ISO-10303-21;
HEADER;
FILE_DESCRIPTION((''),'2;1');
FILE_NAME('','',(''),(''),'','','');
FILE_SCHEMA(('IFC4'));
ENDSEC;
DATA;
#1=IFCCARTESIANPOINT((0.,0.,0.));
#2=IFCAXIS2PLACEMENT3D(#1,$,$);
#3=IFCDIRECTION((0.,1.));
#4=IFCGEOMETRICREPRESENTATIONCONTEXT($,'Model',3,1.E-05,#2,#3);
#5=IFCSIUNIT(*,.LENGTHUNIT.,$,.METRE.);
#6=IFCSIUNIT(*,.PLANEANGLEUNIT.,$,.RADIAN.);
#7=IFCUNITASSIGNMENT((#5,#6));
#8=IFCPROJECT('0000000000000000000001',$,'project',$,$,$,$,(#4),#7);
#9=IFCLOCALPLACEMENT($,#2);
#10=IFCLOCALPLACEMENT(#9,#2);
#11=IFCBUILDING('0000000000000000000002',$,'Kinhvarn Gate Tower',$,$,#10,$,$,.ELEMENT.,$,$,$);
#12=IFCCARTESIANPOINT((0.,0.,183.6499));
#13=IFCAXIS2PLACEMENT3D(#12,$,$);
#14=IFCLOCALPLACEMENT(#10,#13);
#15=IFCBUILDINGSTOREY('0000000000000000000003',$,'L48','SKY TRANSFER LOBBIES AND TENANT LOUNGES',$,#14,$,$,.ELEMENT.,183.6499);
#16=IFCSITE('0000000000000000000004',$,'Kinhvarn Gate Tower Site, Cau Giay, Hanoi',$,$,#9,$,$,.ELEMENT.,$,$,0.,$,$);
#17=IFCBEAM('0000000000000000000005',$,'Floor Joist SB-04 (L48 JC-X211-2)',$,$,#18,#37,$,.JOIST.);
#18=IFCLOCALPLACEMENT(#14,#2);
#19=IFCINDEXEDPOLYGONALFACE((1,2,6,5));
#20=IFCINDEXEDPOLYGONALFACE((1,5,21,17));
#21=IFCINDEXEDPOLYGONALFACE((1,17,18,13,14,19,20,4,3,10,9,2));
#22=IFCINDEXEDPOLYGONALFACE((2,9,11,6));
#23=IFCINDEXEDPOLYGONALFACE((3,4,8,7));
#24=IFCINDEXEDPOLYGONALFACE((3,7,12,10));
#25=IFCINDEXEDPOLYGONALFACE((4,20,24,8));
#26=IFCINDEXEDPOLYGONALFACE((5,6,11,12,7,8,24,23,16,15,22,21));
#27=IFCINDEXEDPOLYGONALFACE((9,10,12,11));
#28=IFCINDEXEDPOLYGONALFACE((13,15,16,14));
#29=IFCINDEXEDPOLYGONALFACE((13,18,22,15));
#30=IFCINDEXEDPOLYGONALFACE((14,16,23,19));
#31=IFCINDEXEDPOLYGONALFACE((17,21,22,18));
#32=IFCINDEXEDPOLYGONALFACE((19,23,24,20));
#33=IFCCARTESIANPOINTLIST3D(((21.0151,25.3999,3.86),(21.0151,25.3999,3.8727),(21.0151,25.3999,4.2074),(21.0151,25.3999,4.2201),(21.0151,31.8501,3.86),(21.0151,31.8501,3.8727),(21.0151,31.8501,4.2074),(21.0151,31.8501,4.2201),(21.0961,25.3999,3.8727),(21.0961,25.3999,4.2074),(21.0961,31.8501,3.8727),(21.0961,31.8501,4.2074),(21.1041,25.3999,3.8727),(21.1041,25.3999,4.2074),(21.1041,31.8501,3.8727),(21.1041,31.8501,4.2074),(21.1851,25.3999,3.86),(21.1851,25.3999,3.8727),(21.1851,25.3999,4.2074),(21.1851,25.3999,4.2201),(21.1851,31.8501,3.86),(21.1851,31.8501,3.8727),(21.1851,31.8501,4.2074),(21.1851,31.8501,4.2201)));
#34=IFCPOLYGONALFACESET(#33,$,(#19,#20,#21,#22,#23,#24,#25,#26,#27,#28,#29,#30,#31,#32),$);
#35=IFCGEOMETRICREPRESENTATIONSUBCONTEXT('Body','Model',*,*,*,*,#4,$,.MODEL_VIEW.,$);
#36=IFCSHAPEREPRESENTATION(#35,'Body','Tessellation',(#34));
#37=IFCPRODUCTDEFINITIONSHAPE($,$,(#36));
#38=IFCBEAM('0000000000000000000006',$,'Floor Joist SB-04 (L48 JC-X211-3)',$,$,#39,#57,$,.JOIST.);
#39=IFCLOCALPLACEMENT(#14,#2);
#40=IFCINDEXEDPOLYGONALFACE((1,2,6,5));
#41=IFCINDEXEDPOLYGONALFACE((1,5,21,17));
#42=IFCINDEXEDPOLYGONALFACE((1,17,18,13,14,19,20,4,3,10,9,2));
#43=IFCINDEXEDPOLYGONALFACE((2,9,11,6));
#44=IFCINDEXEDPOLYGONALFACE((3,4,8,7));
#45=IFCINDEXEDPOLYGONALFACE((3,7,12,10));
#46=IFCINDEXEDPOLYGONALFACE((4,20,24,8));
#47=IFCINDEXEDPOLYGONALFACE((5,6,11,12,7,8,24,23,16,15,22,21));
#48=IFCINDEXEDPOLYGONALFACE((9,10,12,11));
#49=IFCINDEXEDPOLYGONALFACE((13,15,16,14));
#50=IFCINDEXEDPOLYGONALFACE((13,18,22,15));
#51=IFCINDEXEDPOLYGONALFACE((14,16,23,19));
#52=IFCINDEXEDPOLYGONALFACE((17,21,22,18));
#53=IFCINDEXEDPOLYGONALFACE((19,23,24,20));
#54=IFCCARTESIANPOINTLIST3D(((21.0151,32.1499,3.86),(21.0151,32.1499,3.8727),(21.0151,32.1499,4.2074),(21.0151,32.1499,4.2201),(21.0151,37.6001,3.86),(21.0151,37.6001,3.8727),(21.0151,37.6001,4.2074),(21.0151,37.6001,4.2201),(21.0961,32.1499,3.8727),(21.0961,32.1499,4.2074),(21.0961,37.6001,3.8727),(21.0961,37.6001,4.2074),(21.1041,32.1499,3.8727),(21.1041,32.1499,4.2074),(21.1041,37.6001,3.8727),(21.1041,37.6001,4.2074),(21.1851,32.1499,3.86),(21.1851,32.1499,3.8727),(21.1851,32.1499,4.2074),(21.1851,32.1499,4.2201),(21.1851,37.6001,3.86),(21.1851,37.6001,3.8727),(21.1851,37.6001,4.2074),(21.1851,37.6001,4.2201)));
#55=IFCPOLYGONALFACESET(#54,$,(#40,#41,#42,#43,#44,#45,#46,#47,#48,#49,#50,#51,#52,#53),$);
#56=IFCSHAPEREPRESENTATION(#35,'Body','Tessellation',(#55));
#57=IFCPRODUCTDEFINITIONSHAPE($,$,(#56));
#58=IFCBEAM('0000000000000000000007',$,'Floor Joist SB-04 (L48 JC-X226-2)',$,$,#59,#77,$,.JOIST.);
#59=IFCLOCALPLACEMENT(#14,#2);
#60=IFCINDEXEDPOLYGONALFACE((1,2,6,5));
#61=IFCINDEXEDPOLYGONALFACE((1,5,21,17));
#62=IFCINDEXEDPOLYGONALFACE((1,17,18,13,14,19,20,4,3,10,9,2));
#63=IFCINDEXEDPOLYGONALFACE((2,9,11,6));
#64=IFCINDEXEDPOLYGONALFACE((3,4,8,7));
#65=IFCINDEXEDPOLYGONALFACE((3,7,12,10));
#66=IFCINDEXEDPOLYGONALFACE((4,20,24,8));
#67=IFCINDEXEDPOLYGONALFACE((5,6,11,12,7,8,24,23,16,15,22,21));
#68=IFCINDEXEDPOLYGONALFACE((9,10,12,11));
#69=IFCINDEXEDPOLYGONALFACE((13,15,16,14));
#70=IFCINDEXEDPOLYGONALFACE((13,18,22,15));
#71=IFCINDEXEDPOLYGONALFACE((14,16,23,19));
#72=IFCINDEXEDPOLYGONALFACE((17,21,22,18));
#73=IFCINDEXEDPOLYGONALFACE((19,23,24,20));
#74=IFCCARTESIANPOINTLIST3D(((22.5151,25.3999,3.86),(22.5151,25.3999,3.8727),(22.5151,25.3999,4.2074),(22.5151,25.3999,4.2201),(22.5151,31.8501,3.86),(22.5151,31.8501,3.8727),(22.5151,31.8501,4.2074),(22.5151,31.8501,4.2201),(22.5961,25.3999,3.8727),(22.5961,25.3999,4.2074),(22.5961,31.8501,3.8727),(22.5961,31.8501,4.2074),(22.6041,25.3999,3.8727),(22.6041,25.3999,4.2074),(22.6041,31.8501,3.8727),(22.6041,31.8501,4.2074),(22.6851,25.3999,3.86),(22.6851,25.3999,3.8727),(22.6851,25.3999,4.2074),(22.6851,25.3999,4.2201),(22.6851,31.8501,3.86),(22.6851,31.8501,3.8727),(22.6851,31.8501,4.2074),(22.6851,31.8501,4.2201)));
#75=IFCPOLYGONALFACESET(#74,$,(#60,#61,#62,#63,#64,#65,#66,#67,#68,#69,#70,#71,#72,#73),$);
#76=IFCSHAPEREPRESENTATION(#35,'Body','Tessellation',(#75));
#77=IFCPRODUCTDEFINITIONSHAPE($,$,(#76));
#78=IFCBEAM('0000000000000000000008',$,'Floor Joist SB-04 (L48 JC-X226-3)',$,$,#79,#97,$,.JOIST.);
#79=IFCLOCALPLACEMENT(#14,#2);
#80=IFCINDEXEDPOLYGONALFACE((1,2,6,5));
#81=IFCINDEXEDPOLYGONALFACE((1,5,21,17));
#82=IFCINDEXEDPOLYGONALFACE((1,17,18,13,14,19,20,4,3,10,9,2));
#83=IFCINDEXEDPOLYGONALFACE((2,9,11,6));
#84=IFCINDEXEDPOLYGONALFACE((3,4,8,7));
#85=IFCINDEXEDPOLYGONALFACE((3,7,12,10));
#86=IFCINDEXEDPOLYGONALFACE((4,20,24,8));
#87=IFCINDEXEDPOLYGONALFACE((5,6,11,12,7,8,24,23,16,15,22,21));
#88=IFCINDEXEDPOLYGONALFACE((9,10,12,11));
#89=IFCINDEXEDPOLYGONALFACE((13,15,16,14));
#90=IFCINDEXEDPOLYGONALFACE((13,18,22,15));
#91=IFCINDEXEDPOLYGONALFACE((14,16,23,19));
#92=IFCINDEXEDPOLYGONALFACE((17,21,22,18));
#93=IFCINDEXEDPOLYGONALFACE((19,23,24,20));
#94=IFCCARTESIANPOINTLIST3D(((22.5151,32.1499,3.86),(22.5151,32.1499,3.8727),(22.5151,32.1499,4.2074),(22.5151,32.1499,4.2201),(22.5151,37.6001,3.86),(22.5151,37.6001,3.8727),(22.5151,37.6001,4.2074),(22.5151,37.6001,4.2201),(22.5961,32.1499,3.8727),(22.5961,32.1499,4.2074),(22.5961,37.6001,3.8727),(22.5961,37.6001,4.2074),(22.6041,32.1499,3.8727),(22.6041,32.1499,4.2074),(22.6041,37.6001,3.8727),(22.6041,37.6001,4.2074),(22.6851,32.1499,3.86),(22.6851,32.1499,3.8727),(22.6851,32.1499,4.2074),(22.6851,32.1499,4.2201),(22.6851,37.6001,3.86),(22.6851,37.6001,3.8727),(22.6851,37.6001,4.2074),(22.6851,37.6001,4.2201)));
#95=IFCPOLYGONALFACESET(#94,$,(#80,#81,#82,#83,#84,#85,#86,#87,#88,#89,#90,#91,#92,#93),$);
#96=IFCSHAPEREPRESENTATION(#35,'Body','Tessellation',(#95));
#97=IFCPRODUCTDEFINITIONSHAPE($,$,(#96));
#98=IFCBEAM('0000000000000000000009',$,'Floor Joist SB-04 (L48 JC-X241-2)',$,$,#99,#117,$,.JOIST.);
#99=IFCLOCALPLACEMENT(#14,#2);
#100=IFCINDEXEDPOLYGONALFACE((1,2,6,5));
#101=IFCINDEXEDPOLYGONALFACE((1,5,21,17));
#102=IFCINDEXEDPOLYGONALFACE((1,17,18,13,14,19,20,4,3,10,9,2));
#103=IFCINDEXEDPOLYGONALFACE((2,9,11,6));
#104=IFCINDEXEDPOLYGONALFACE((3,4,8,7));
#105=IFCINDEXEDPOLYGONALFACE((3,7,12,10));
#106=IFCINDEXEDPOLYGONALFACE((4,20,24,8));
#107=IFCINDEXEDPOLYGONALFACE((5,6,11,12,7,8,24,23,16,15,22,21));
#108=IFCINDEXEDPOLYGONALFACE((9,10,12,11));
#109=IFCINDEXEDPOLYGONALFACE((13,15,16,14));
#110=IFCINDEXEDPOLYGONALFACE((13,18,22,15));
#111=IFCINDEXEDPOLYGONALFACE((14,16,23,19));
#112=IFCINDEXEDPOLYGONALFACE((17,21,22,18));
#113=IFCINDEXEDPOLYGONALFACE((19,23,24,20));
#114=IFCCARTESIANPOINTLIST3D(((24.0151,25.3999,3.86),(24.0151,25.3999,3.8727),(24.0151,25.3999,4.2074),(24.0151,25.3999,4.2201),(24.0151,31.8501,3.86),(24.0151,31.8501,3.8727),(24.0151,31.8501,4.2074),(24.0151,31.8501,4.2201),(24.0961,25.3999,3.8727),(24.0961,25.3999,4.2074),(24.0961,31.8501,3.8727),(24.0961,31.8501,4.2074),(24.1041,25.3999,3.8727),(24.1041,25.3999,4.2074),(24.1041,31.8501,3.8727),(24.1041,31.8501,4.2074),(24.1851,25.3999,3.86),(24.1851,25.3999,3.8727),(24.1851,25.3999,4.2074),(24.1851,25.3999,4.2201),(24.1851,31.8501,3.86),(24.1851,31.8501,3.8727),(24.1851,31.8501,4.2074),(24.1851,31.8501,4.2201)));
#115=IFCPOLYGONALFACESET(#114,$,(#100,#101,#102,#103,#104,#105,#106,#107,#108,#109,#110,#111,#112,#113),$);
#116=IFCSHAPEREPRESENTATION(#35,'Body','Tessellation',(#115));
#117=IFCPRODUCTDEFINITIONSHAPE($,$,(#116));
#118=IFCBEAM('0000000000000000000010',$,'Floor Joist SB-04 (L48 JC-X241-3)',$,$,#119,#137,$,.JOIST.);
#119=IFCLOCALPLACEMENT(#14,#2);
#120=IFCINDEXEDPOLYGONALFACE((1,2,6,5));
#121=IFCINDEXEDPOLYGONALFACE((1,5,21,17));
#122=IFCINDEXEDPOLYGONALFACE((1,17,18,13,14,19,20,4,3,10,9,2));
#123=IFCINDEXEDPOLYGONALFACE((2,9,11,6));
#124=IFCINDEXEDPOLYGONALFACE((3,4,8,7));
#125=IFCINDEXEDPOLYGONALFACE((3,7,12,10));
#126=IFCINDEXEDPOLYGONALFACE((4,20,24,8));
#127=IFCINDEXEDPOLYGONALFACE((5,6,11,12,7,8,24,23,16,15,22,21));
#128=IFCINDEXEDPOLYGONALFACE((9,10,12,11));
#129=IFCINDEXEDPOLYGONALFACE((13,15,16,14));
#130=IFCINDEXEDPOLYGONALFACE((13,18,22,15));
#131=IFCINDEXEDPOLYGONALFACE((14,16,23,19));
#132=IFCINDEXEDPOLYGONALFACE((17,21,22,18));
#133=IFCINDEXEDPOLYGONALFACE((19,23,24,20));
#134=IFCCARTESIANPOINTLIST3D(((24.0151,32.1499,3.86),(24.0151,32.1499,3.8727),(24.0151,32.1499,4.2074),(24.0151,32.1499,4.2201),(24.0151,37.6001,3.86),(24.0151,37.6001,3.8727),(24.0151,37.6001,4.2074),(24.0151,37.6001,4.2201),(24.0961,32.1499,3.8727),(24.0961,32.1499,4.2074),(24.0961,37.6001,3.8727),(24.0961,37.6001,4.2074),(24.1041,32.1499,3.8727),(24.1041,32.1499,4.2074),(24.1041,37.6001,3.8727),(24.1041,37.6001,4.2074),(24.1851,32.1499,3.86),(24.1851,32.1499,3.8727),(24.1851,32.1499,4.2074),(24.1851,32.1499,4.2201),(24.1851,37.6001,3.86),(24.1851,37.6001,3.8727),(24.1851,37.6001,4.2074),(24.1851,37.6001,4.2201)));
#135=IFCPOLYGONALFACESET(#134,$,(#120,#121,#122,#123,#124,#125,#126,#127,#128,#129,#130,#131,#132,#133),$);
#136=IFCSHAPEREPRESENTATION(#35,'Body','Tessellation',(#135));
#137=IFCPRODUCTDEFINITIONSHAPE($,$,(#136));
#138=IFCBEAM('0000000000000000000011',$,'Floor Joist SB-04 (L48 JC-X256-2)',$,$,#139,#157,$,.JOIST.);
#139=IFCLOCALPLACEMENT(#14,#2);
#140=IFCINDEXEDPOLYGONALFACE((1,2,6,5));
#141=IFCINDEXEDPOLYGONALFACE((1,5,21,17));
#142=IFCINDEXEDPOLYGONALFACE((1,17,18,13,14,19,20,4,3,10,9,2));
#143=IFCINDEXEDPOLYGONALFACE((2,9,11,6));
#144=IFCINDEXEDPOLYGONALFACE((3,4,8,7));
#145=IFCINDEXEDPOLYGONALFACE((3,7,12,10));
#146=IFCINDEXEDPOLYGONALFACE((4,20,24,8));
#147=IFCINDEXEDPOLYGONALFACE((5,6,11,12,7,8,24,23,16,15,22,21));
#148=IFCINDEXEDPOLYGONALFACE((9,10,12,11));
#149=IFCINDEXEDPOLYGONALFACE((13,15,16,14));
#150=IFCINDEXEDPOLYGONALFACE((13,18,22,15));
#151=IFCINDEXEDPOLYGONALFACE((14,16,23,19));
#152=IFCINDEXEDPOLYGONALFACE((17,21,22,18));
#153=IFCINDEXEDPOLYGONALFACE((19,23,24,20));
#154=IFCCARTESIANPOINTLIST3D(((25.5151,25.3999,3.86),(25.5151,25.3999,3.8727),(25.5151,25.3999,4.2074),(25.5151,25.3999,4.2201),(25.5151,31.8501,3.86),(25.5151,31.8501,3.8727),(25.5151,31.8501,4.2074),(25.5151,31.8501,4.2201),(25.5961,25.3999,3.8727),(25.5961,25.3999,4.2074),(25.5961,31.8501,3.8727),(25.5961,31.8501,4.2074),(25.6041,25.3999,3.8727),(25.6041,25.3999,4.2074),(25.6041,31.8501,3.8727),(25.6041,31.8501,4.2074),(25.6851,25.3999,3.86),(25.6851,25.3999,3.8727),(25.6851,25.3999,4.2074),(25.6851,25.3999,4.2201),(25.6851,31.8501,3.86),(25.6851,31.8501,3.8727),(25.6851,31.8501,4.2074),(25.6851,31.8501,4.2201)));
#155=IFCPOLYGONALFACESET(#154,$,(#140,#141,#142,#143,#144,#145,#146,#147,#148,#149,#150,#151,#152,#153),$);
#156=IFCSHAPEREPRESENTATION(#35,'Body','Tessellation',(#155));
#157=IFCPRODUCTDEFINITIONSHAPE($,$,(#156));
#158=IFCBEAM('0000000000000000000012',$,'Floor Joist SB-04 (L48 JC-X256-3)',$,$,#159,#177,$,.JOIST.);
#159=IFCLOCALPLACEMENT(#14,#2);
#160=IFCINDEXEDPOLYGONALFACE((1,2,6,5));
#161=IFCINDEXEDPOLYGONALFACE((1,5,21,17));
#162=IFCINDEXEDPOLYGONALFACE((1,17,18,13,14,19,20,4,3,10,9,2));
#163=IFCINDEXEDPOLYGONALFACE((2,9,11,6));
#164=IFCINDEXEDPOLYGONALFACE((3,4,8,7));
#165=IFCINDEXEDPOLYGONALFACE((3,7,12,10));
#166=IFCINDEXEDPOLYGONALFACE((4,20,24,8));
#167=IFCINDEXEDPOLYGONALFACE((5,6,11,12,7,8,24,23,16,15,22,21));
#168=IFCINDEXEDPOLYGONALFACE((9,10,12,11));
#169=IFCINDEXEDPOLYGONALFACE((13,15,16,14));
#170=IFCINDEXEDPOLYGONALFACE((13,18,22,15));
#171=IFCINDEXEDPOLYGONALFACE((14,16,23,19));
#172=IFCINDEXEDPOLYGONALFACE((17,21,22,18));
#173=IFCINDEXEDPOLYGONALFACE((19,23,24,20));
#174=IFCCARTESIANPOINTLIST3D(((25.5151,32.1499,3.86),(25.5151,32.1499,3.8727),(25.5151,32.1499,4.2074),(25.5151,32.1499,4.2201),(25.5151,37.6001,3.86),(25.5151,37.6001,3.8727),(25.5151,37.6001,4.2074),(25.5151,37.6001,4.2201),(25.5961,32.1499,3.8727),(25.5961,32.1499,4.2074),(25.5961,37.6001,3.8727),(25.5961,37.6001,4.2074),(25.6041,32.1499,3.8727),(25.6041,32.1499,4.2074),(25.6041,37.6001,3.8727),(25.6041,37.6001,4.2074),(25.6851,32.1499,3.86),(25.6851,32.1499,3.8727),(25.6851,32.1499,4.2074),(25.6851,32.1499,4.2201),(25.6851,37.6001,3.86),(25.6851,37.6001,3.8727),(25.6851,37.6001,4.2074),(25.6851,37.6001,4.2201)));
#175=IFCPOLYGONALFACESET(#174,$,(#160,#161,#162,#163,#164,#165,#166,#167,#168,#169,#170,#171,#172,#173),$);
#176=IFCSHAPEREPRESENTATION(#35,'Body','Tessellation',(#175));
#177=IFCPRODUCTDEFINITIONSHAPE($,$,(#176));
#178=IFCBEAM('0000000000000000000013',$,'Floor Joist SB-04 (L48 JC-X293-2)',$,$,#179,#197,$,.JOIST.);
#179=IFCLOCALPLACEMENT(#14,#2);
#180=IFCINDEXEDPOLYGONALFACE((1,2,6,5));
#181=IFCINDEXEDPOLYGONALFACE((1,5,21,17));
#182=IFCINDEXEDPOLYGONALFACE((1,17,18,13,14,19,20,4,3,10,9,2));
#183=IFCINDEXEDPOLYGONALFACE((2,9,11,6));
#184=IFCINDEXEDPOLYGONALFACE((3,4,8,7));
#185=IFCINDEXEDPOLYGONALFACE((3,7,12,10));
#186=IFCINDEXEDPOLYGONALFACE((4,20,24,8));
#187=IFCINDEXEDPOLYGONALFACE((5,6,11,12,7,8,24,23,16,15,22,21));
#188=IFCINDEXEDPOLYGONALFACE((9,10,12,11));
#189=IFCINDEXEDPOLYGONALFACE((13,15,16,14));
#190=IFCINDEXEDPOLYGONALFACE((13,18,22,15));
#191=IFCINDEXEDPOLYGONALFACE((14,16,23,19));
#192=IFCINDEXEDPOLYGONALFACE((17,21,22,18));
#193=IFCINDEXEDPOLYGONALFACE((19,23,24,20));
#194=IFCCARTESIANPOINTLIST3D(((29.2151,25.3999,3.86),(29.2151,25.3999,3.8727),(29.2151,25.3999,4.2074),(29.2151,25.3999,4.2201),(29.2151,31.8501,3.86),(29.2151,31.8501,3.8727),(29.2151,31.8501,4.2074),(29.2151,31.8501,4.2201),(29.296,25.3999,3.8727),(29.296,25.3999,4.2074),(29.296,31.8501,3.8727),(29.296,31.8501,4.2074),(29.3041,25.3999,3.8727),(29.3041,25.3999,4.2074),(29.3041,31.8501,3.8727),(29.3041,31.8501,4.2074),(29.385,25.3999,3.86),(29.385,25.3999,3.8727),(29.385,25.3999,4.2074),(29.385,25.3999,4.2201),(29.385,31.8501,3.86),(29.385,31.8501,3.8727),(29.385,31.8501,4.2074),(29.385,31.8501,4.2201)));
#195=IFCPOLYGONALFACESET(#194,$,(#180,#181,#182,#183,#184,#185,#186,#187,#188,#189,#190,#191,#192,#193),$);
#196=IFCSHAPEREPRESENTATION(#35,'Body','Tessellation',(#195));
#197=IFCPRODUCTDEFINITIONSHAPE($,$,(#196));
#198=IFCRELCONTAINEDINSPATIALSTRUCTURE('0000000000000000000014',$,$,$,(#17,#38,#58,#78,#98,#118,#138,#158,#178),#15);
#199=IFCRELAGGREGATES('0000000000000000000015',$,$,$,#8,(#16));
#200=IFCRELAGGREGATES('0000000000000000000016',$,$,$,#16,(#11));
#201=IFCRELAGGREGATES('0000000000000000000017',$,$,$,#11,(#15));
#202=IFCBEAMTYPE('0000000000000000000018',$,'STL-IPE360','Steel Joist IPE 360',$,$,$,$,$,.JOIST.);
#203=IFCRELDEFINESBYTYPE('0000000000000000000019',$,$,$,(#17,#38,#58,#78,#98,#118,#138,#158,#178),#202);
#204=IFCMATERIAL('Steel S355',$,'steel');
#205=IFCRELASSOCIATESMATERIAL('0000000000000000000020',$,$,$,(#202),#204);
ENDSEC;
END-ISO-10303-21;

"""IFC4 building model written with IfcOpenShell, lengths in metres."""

from ifc_helpers import new_model, si_unit, direction, frame, origin, origin_2d, place, context, subcontext, project, spatial, i_section, extrude, material, material_profile, profile_set, type_object, element, save


model = new_model("IFC4")

# Units and contexts
model_context = context("Model", 3, precision=1e-05, world=origin(), true_north=direction((0.0, 1.0)))
body_context = subcontext(model_context, "Body", "Model", "MODEL_VIEW")
ifc_project = project(units=[si_unit("LENGTHUNIT", "METRE"), si_unit("PLANEANGLEUNIT", "RADIAN")], contexts=[model_context])

# Site, building, storey
site_placement = place(None, origin())
site = spatial("IfcSite", under=ifc_project, at=site_placement, Name="Kinhvarn Gate Tower Site, Cau Giay, Hanoi", CompositionType="ELEMENT", RefElevation=0.0)
building_placement = place(site_placement, origin())
building = spatial("IfcBuilding", under=site, at=building_placement, Name="Kinhvarn Gate Tower", CompositionType="ELEMENT")
storey_placement = place(building_placement, frame((0.0, 0.0, 183.6499)))
storey = spatial("IfcBuildingStorey", under=building, at=storey_placement, Name="L48", Description="SKY TRANSFER LOBBIES AND TENANT LOUNGES", CompositionType="ELEMENT", Elevation=183.6499)

# Beams
ifc_material_1 = material(Name="Steel S355", Category="steel")
ifc_material_profile = material_profile(ifc_material_1, i_section(OverallWidth=0.1699, OverallDepth=0.3601, WebThickness=0.0081, FlangeThickness=0.0127, at=origin_2d()), Name="IPE 360")
ifc_profile_set = profile_set([ifc_material_profile], Name="Steel S355")
beam_type = type_object("IfcBeamType", Name="STL-IPE360", Description="Steel Joist IPE 360", PredefinedType="JOIST", material=ifc_profile_set)
beam_1_placement = place(storey_placement, frame((21.1001, 25.3999, 4.04), z_axis=(0.0, 1.0, 0.0), x_axis=(-1.0, 0.0, 0.0)))
element("IfcBeam", 1, at=beam_1_placement, inside=storey, type_object=beam_type, Name="Floor Joist SB-04 (L48 JC-X211-2)", PredefinedType="JOIST", context=body_context, shape_type="SweptSolid", body=[
    extrude(i_section(OverallWidth=0.1699, OverallDepth=0.3601, WebThickness=0.0081, FlangeThickness=0.0127, at=origin_2d()), origin(), (0.0, 0.0, 1.0), 6.4502),
])
beam_2_placement = place(storey_placement, frame((21.1001, 32.1499, 4.04), z_axis=(0.0, 1.0, 0.0), x_axis=(-1.0, 0.0, 0.0)))
element("IfcBeam", 2, at=beam_2_placement, inside=storey, type_object=beam_type, Name="Floor Joist SB-04 (L48 JC-X211-3)", PredefinedType="JOIST", context=body_context, shape_type="SweptSolid", body=[
    extrude(i_section(OverallWidth=0.1699, OverallDepth=0.3601, WebThickness=0.0081, FlangeThickness=0.0127, at=origin_2d()), origin(), (0.0, 0.0, 1.0), 5.4502),
])
beam_3_placement = place(storey_placement, frame((22.6001, 25.3999, 4.04), z_axis=(0.0, 1.0, 0.0), x_axis=(-1.0, 0.0, 0.0)))
element("IfcBeam", 3, at=beam_3_placement, inside=storey, type_object=beam_type, Name="Floor Joist SB-04 (L48 JC-X226-2)", PredefinedType="JOIST", context=body_context, shape_type="SweptSolid", body=[
    extrude(i_section(OverallWidth=0.1699, OverallDepth=0.3601, WebThickness=0.0081, FlangeThickness=0.0127, at=origin_2d()), origin(), (0.0, 0.0, 1.0), 6.4502),
])
beam_4_placement = place(storey_placement, frame((22.6001, 32.1499, 4.04), z_axis=(0.0, 1.0, 0.0), x_axis=(-1.0, 0.0, 0.0)))
element("IfcBeam", 4, at=beam_4_placement, inside=storey, type_object=beam_type, Name="Floor Joist SB-04 (L48 JC-X226-3)", PredefinedType="JOIST", context=body_context, shape_type="SweptSolid", body=[
    extrude(i_section(OverallWidth=0.1699, OverallDepth=0.3601, WebThickness=0.0081, FlangeThickness=0.0127, at=origin_2d()), origin(), (0.0, 0.0, 1.0), 5.4502),
])
beam_5_placement = place(storey_placement, frame((24.1001, 25.3999, 4.04), z_axis=(0.0, 1.0, 0.0), x_axis=(-1.0, 0.0, 0.0)))
element("IfcBeam", 5, at=beam_5_placement, inside=storey, type_object=beam_type, Name="Floor Joist SB-04 (L48 JC-X241-2)", PredefinedType="JOIST", context=body_context, shape_type="SweptSolid", body=[
    extrude(i_section(OverallWidth=0.1699, OverallDepth=0.3601, WebThickness=0.0081, FlangeThickness=0.0127, at=origin_2d()), origin(), (0.0, 0.0, 1.0), 6.4502),
])
beam_6_placement = place(storey_placement, frame((24.1001, 32.1499, 4.04), z_axis=(0.0, 1.0, 0.0), x_axis=(-1.0, 0.0, 0.0)))
element("IfcBeam", 6, at=beam_6_placement, inside=storey, type_object=beam_type, Name="Floor Joist SB-04 (L48 JC-X241-3)", PredefinedType="JOIST", context=body_context, shape_type="SweptSolid", body=[
    extrude(i_section(OverallWidth=0.1699, OverallDepth=0.3601, WebThickness=0.0081, FlangeThickness=0.0127, at=origin_2d()), origin(), (0.0, 0.0, 1.0), 5.4502),
])
beam_7_placement = place(storey_placement, frame((25.6001, 25.3999, 4.04), z_axis=(0.0, 1.0, 0.0), x_axis=(-1.0, 0.0, 0.0)))
element("IfcBeam", 7, at=beam_7_placement, inside=storey, type_object=beam_type, Name="Floor Joist SB-04 (L48 JC-X256-2)", PredefinedType="JOIST", context=body_context, shape_type="SweptSolid", body=[
    extrude(i_section(OverallWidth=0.1699, OverallDepth=0.3601, WebThickness=0.0081, FlangeThickness=0.0127, at=origin_2d()), origin(), (0.0, 0.0, 1.0), 6.4502),
])
beam_8_placement = place(storey_placement, frame((25.6001, 32.1499, 4.04), z_axis=(0.0, 1.0, 0.0), x_axis=(-1.0, 0.0, 0.0)))
element("IfcBeam", 8, at=beam_8_placement, inside=storey, type_object=beam_type, Name="Floor Joist SB-04 (L48 JC-X256-3)", PredefinedType="JOIST", context=body_context, shape_type="SweptSolid", body=[
    extrude(i_section(OverallWidth=0.1699, OverallDepth=0.3601, WebThickness=0.0081, FlangeThickness=0.0127, at=origin_2d()), origin(), (0.0, 0.0, 1.0), 5.4502),
])
beam_9_placement = place(storey_placement, frame((29.3, 25.3999, 4.04), z_axis=(0.0, 1.0, 0.0), x_axis=(-1.0, 0.0, 0.0)))
element("IfcBeam", 9, at=beam_9_placement, inside=storey, type_object=beam_type, Name="Floor Joist SB-04 (L48 JC-X293-2)", PredefinedType="JOIST", context=body_context, shape_type="SweptSolid", body=[
    extrude(i_section(OverallWidth=0.1699, OverallDepth=0.3601, WebThickness=0.0081, FlangeThickness=0.0127, at=origin_2d()), origin(), (0.0, 0.0, 1.0), 6.4502),
])

save(model, "model.ifc")
